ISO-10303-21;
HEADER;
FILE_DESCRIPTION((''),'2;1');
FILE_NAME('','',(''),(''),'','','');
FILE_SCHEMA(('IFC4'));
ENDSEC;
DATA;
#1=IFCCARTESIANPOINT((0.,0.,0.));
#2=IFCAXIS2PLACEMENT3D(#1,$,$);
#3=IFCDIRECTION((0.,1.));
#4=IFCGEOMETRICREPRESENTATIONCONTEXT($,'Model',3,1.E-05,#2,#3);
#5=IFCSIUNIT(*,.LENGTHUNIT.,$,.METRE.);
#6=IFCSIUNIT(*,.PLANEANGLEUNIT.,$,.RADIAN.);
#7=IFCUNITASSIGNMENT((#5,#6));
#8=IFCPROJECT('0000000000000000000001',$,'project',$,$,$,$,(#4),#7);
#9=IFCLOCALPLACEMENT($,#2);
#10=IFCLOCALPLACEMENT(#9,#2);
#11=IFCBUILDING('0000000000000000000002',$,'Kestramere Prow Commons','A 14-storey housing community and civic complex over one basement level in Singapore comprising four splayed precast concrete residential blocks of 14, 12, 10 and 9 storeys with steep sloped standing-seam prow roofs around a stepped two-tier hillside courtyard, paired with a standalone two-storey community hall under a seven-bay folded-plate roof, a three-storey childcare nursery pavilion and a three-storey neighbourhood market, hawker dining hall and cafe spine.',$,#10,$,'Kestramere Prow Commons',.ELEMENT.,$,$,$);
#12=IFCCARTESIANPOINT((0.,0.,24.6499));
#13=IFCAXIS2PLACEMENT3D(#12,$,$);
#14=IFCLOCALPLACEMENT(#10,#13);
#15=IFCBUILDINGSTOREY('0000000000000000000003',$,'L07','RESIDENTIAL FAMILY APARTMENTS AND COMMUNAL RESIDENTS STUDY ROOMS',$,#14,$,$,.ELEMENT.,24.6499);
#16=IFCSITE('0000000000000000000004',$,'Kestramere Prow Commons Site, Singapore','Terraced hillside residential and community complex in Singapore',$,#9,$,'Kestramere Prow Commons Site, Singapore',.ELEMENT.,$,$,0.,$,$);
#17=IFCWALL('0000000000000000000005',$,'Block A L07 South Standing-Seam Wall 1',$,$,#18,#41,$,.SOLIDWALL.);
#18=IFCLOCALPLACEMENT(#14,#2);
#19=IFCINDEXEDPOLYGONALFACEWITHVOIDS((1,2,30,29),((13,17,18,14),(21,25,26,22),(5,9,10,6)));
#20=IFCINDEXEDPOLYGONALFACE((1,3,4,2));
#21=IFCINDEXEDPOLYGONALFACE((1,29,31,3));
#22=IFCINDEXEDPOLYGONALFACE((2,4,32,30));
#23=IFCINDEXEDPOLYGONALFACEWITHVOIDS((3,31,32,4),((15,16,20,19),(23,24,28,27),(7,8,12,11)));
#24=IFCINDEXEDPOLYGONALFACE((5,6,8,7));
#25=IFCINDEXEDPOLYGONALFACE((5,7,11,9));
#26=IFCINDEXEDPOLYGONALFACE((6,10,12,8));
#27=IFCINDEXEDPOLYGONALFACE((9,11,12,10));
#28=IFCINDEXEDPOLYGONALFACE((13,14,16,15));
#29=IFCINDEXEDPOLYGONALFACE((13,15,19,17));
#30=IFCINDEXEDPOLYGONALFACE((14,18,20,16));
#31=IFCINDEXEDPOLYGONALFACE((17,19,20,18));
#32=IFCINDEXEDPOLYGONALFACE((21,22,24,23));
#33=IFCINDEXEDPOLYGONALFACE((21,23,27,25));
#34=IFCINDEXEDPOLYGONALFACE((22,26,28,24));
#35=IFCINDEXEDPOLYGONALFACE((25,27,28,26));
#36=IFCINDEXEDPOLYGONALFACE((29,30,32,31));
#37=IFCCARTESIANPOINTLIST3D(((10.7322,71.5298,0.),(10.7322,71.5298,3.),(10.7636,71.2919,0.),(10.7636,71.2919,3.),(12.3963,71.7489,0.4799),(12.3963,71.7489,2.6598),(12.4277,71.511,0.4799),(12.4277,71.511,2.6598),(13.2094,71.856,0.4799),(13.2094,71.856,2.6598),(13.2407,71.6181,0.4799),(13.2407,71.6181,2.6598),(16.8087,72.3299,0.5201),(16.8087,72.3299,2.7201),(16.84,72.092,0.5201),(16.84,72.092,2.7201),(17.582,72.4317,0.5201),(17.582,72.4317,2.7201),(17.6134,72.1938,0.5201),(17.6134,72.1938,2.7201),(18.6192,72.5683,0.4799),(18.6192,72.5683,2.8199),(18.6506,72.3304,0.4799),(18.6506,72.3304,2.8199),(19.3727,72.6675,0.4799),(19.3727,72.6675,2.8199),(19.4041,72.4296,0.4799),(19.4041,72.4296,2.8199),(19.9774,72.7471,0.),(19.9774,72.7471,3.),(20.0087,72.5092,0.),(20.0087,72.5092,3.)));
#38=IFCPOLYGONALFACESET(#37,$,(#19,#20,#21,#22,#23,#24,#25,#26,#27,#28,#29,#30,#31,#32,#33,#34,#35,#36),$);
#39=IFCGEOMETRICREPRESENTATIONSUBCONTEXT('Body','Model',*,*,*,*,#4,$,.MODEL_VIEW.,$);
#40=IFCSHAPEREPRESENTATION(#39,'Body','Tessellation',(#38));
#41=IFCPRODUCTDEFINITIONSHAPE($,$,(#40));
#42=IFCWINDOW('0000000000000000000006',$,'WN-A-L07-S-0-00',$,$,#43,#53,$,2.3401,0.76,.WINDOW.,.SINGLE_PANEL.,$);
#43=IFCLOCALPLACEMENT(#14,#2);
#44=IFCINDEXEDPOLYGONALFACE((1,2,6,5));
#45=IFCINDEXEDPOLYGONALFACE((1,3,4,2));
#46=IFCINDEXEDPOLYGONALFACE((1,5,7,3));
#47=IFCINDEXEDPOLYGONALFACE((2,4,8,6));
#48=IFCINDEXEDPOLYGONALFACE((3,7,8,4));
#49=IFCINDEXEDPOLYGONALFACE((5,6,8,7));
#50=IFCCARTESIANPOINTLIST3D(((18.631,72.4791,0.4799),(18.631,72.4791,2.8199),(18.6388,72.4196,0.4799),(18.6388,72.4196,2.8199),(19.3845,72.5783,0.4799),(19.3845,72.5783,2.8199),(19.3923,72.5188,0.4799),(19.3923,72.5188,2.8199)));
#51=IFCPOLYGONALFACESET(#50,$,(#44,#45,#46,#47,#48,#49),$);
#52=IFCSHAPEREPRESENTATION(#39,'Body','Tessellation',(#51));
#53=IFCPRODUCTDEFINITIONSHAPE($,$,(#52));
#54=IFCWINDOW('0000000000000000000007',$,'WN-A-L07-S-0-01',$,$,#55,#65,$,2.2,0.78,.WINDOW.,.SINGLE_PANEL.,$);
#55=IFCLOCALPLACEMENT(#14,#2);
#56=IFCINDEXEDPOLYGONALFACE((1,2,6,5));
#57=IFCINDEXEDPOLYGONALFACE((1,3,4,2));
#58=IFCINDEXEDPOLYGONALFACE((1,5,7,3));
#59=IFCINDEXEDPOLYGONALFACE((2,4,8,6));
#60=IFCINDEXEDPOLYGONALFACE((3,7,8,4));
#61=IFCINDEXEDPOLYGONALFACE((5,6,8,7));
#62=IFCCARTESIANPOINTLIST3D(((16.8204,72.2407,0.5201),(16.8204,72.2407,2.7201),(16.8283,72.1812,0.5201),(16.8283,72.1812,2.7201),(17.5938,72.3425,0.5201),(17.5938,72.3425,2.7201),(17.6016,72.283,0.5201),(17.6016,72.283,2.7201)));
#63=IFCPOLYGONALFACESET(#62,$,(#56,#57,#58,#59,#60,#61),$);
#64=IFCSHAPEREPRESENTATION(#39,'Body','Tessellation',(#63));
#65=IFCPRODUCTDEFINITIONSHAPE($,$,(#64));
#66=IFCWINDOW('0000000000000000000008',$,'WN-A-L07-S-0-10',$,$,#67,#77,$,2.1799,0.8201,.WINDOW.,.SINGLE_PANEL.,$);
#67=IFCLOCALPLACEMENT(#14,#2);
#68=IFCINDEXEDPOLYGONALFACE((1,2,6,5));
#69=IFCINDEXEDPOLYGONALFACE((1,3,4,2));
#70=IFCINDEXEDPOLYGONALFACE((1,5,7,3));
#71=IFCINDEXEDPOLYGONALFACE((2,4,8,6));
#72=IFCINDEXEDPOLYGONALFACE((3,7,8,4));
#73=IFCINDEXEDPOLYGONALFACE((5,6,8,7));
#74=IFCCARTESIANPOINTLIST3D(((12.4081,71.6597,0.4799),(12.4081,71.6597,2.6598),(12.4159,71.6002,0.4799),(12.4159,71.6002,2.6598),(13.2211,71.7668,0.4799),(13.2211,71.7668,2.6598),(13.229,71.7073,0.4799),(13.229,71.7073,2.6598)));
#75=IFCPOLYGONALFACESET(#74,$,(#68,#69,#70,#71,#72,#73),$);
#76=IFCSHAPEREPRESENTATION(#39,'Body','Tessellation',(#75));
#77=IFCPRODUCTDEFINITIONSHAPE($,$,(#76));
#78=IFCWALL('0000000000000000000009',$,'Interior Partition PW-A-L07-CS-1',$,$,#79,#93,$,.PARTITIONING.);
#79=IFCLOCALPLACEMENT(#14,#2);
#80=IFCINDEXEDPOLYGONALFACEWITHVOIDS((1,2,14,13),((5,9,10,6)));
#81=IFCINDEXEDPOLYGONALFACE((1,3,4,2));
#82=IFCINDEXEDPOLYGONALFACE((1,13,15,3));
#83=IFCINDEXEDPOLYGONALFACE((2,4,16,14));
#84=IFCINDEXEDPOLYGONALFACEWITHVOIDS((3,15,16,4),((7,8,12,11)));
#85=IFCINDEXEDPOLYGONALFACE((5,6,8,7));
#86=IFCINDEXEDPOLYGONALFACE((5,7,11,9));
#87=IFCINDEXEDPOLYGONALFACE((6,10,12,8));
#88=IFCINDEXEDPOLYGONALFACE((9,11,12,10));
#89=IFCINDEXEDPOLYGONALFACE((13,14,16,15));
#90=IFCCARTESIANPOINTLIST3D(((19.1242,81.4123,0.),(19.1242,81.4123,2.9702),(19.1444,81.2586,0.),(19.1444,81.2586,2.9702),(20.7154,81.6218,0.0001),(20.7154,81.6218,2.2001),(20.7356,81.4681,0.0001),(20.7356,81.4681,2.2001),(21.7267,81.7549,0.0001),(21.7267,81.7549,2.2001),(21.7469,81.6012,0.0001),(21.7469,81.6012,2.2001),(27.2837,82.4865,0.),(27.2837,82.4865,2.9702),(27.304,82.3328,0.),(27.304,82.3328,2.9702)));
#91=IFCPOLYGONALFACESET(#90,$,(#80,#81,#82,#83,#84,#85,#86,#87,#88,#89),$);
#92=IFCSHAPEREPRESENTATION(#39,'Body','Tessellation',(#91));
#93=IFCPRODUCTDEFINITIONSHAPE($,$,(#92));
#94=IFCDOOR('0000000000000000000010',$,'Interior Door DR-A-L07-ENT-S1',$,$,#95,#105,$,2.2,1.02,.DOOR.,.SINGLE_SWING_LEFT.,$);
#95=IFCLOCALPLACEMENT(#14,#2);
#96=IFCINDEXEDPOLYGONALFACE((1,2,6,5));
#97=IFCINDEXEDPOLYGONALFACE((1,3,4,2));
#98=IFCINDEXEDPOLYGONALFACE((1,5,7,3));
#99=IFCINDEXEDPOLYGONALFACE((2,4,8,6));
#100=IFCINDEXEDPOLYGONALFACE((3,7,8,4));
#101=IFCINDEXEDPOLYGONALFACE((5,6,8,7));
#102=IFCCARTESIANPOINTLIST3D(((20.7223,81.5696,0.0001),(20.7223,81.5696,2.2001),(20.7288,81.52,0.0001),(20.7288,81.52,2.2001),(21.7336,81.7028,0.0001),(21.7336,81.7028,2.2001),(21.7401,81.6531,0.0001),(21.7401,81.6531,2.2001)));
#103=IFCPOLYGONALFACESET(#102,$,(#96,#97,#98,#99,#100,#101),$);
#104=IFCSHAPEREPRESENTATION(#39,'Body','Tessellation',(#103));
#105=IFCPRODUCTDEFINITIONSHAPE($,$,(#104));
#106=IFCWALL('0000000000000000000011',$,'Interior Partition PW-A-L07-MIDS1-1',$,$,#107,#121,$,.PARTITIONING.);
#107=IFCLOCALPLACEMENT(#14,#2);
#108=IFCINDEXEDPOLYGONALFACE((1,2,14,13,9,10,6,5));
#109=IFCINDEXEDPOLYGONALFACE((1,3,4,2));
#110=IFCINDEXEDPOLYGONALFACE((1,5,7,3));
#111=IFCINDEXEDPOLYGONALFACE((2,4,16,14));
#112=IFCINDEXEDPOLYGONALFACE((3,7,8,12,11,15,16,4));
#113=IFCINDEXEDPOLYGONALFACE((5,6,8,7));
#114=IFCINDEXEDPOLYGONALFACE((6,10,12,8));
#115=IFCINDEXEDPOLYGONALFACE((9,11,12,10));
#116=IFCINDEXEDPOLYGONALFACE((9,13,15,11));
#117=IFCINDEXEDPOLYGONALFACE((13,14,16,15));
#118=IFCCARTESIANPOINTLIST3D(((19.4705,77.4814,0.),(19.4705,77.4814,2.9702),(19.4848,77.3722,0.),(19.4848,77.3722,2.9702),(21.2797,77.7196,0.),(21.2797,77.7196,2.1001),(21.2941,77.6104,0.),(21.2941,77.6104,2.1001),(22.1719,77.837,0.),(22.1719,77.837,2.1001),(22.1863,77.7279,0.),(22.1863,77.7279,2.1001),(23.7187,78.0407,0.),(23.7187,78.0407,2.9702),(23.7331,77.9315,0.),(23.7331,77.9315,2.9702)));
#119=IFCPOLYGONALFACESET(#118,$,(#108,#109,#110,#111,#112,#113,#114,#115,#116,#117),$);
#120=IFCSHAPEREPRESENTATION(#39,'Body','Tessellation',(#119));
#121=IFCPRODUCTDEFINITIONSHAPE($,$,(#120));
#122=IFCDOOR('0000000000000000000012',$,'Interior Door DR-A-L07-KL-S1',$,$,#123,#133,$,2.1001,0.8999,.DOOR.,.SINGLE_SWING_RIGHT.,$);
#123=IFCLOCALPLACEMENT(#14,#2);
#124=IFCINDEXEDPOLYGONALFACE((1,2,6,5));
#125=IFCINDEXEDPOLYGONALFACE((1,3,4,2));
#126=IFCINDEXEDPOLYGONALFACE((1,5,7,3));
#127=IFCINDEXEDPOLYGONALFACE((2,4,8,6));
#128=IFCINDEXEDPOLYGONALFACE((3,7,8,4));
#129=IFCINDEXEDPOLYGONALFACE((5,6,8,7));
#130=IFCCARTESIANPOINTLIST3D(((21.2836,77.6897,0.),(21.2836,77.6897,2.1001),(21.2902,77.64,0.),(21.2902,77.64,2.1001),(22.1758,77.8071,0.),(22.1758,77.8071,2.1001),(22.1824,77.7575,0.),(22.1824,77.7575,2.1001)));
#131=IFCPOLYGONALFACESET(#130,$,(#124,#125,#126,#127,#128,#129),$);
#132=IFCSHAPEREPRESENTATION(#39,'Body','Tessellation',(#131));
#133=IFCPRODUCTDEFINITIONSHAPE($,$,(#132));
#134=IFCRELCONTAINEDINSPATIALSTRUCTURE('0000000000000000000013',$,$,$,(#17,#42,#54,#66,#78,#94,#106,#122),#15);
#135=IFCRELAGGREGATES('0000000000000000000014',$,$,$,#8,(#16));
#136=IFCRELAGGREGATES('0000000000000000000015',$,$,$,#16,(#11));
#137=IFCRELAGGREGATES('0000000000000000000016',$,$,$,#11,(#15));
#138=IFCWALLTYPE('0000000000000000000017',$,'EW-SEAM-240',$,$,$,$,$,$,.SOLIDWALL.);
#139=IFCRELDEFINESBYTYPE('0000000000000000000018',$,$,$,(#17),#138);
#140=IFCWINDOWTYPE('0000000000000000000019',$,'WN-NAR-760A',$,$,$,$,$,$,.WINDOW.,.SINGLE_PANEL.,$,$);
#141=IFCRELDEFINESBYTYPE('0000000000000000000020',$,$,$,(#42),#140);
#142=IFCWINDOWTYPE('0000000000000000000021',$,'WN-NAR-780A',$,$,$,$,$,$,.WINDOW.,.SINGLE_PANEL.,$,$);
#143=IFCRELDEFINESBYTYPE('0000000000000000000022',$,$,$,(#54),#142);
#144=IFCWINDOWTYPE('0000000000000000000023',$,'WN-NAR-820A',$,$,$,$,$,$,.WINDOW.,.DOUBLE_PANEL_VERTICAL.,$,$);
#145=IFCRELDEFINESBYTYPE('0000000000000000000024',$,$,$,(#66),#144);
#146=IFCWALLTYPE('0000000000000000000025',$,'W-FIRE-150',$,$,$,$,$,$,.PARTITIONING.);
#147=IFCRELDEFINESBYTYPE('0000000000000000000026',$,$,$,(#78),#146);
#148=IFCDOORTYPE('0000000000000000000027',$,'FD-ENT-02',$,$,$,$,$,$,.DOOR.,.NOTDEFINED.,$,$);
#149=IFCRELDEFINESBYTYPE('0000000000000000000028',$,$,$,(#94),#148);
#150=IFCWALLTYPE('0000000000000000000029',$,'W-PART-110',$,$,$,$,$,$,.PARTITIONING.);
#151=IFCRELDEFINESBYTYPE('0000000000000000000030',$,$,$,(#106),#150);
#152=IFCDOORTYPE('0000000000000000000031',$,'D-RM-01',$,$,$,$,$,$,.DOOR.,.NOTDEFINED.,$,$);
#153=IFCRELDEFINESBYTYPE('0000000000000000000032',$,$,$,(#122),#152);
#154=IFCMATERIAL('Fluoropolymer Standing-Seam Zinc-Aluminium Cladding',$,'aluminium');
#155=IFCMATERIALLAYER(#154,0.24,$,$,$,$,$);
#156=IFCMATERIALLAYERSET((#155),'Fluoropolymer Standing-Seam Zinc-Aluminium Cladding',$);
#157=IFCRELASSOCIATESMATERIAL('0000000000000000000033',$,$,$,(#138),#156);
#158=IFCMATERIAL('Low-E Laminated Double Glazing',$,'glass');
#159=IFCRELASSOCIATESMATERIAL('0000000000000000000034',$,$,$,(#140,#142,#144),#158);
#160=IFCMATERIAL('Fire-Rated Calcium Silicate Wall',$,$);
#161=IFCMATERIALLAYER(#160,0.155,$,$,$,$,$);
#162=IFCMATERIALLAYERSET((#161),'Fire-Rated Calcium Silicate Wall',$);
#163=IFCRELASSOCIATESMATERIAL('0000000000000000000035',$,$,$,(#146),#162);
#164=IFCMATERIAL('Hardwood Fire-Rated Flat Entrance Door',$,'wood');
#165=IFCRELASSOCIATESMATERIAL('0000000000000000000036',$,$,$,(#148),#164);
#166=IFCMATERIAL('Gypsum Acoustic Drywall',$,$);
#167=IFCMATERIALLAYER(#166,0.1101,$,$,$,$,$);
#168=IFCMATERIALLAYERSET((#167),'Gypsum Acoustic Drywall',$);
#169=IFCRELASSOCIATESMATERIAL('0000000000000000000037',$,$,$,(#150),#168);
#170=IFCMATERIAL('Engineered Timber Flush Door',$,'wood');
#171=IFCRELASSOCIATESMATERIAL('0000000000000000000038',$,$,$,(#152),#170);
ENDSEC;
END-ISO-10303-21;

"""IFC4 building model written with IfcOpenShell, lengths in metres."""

from ifc_helpers import new_model, si_unit, direction, frame, frame_2d, origin, place, context, subcontext, project, spatial, rectangle, extrude, material, layer, layer_set, type_object, element, fill, save


model = new_model("IFC4")

# Units and contexts
model_context = context("Model", 3, precision=1e-05, world=origin(), true_north=direction((0.0, 1.0)))
body_context = subcontext(model_context, "Body", "Model", "MODEL_VIEW")
ifc_project = project(units=[si_unit("LENGTHUNIT", "METRE"), si_unit("PLANEANGLEUNIT", "RADIAN")], contexts=[model_context])

# Site, building, storey
site_placement = place(None, origin())
site = spatial("IfcSite", under=ifc_project, at=site_placement, Name="Kestramere Prow Commons Site, Singapore", Description="Terraced hillside residential and community complex in Singapore", LongName="Kestramere Prow Commons Site, Singapore", CompositionType="ELEMENT", RefElevation=0.0)
building_placement = place(site_placement, origin())
building = spatial("IfcBuilding", under=site, at=building_placement, Name="Kestramere Prow Commons", Description="A 14-storey housing community and civic complex over one basement level in Singapore comprising four splayed precast concrete residential blocks of 14, 12, 10 and 9 storeys with steep sloped standing-seam prow roofs around a stepped two-tier hillside courtyard, paired with a standalone two-storey community hall under a seven-bay folded-plate roof, a three-storey childcare nursery pavilion and a three-storey neighbourhood market, hawker dining hall and cafe spine.", LongName="Kestramere Prow Commons", CompositionType="ELEMENT")
storey_placement = place(building_placement, frame((0.0, 0.0, 24.6499)))
storey = spatial("IfcBuildingStorey", under=building, at=storey_placement, Name="L07", Description="RESIDENTIAL FAMILY APARTMENTS AND COMMUNAL RESIDENTS STUDY ROOMS", CompositionType="ELEMENT", Elevation=24.6499)

# Wall, openings, windows
ifc_material_1 = material(Name="Fluoropolymer Standing-Seam Zinc-Aluminium Cladding", Category="aluminium")
ifc_layer_1 = layer(ifc_material_1, 0.24)
ifc_layer_set_1 = layer_set([ifc_layer_1], Name="Fluoropolymer Standing-Seam Zinc-Aluminium Cladding")
wall_type_1 = type_object("IfcWallType", Name="EW-SEAM-240", PredefinedType="SOLIDWALL", material=ifc_layer_set_1)
wall_1_placement = place(storey_placement, frame((19.9932, 72.6282, 0.0), z_axis=(0.0, 0.0, 1.0), x_axis=(-0.991443, -0.130541, 0.0)))
wall_1 = element("IfcWall", 1, at=wall_1_placement, inside=storey, type_object=wall_type_1, Name="Block A L07 South Standing-Seam Wall 1", PredefinedType="SOLIDWALL", context=body_context, shape_type="SweptSolid", body=[
    extrude(rectangle(XDim=9.325, YDim=0.24, at=frame_2d((4.6626, 0.0))), origin(), (0.0, 0.0, 1.0), 3.0),
])
opening_1_placement = place(wall_1_placement, frame((0.6101, 0.0, 0.48)))
opening_1 = element("IfcOpeningElement", 2, at=opening_1_placement, cuts=wall_1, PredefinedType="OPENING", context=body_context, shape_type="SweptSolid", body=[
    extrude(rectangle(XDim=0.76, YDim=2.3401, at=frame_2d((0.3799, 1.1699))), frame((0.0, 0.135, 0.0), z_axis=(0.0, -1.0, 0.0), x_axis=(1.0, 0.0, 0.0)), (0.0, 0.0, 1.0), 0.27),
])
opening_2_placement = place(wall_1_placement, frame((2.416, 0.0, 0.52)))
opening_2 = element("IfcOpeningElement", 3, at=opening_2_placement, cuts=wall_1, PredefinedType="OPENING", context=body_context, shape_type="SweptSolid", body=[
    extrude(rectangle(XDim=0.78, YDim=2.2, at=frame_2d((0.3901, 1.1001))), frame((0.0, 0.135, 0.0), z_axis=(0.0, -1.0, 0.0), x_axis=(1.0, 0.0, 0.0)), (0.0, 0.0, 1.0), 0.27),
])
opening_3_placement = place(wall_1_placement, frame((6.8264, 0.0, 0.48)))
opening_3 = element("IfcOpeningElement", 4, at=opening_3_placement, cuts=wall_1, PredefinedType="OPENING", context=body_context, shape_type="SweptSolid", body=[
    extrude(rectangle(XDim=0.8201, YDim=2.1799, at=frame_2d((0.4102, 1.0898))), frame((0.0, 0.135, 0.0), z_axis=(0.0, -1.0, 0.0), x_axis=(1.0, 0.0, 0.0)), (0.0, 0.0, 1.0), 0.27),
])
ifc_material_2 = material(Name="Low-E Laminated Double Glazing", Category="glass")
window_type_1 = type_object("IfcWindowType", Name="WN-NAR-760A", PartitioningType="SINGLE_PANEL", PredefinedType="WINDOW", material=ifc_material_2)
window_1_placement = place(opening_1_placement, origin())
window_1 = element("IfcWindow", 5, at=window_1_placement, inside=storey, type_object=window_type_1, Name="WN-A-L07-S-0-00", OverallHeight=2.3401, OverallWidth=0.76, PartitioningType="SINGLE_PANEL", PredefinedType="WINDOW", context=body_context, shape_type="SweptSolid", body=[
    extrude(rectangle(XDim=0.76, YDim=2.3401, at=frame_2d((0.3799, 1.1699))), frame((0.0, 0.03, 0.0), z_axis=(0.0, -1.0, 0.0), x_axis=(1.0, 0.0, 0.0)), (0.0, 0.0, 1.0), 0.0601),
])
fill(opening_1, window_1)
window_type_2 = type_object("IfcWindowType", Name="WN-NAR-780A", PartitioningType="SINGLE_PANEL", PredefinedType="WINDOW", material=ifc_material_2)
window_2_placement = place(opening_2_placement, origin())
window_2 = element("IfcWindow", 6, at=window_2_placement, inside=storey, type_object=window_type_2, Name="WN-A-L07-S-0-01", OverallHeight=2.2, OverallWidth=0.78, PartitioningType="SINGLE_PANEL", PredefinedType="WINDOW", context=body_context, shape_type="SweptSolid", body=[
    extrude(rectangle(XDim=0.78, YDim=2.2, at=frame_2d((0.3901, 1.1001))), frame((0.0, 0.03, 0.0), z_axis=(0.0, -1.0, 0.0), x_axis=(1.0, 0.0, 0.0)), (0.0, 0.0, 1.0), 0.0601),
])
fill(opening_2, window_2)
window_type_3 = type_object("IfcWindowType", Name="WN-NAR-820A", PartitioningType="DOUBLE_PANEL_VERTICAL", PredefinedType="WINDOW", material=ifc_material_2)
window_3_placement = place(opening_3_placement, origin())
window_3 = element("IfcWindow", 7, at=window_3_placement, inside=storey, type_object=window_type_3, Name="WN-A-L07-S-0-10", OverallHeight=2.1799, OverallWidth=0.8201, PartitioningType="SINGLE_PANEL", PredefinedType="WINDOW", context=body_context, shape_type="SweptSolid", body=[
    extrude(rectangle(XDim=0.8201, YDim=2.1799, at=frame_2d((0.4102, 1.0898))), frame((0.0, 0.03, 0.0), z_axis=(0.0, -1.0, 0.0), x_axis=(1.0, 0.0, 0.0)), (0.0, 0.0, 1.0), 0.0601),
])
fill(opening_3, window_3)

# Walls, openings, doors
ifc_material_3 = material(Name="Fire-Rated Calcium Silicate Wall")
ifc_layer_2 = layer(ifc_material_3, 0.155)
ifc_layer_set_2 = layer_set([ifc_layer_2], Name="Fire-Rated Calcium Silicate Wall")
wall_type_2 = type_object("IfcWallType", Name="W-FIRE-150", PredefinedType="PARTITIONING", material=ifc_layer_set_2)
wall_2_placement = place(storey_placement, frame((19.1343, 81.3354, 0.0), z_axis=(0.0, 0.0, 1.0), x_axis=(0.991445, 0.130524, 0.0)))
wall_2 = element("IfcWall", 8, at=wall_2_placement, inside=storey, type_object=wall_type_2, Name="Interior Partition PW-A-L07-CS-1", PredefinedType="PARTITIONING", context=body_context, shape_type="SweptSolid", body=[
    extrude(rectangle(XDim=8.23, YDim=0.155, at=frame_2d((4.115, 0.0))), origin(), (0.0, 0.0, 1.0), 2.9702),
])
opening_4_placement = place(wall_2_placement, frame((1.605, 0.0, 0.0)))
opening_4 = element("IfcOpeningElement", 9, at=opening_4_placement, cuts=wall_2, PredefinedType="OPENING", context=body_context, shape_type="SweptSolid", body=[
    extrude(rectangle(XDim=1.02, YDim=2.2, at=frame_2d((0.51, 1.1001))), frame((0.0, 0.0925, 0.0), z_axis=(0.0, -1.0, 0.0), x_axis=(1.0, 0.0, 0.0)), (0.0, 0.0, 1.0), 0.1851),
])
ifc_material_4 = material(Name="Hardwood Fire-Rated Flat Entrance Door", Category="wood")
door_type_1 = type_object("IfcDoorType", Name="FD-ENT-02", OperationType="NOTDEFINED", PredefinedType="DOOR", material=ifc_material_4)
door_1_placement = place(opening_4_placement, origin())
door_1 = element("IfcDoor", 10, at=door_1_placement, inside=storey, type_object=door_type_1, Name="Interior Door DR-A-L07-ENT-S1", OperationType="SINGLE_SWING_LEFT", OverallHeight=2.2, OverallWidth=1.02, PredefinedType="DOOR", context=body_context, shape_type="SweptSolid", body=[
    extrude(rectangle(XDim=1.02, YDim=2.2, at=frame_2d((0.51, 1.1001))), frame((0.0, 0.0249, 0.0), z_axis=(0.0, -1.0, 0.0), x_axis=(1.0, 0.0, 0.0)), (0.0, 0.0, 1.0), 0.05),
])
fill(opening_4, door_1)
ifc_material_5 = material(Name="Gypsum Acoustic Drywall")
ifc_layer_3 = layer(ifc_material_5, 0.1101)
ifc_layer_set_3 = layer_set([ifc_layer_3], Name="Gypsum Acoustic Drywall")
wall_type_3 = type_object("IfcWallType", Name="W-PART-110", PredefinedType="PARTITIONING", material=ifc_layer_set_3)
wall_3_placement = place(storey_placement, frame((19.4775, 77.4268, 0.0), z_axis=(0.0, 0.0, 1.0), x_axis=(0.991444, 0.130533, 0.0)))
wall_3 = element("IfcWall", 11, at=wall_3_placement, inside=storey, type_object=wall_type_3, Name="Interior Partition PW-A-L07-MIDS1-1", PredefinedType="PARTITIONING", context=body_context, shape_type="SweptSolid", body=[
    extrude(rectangle(XDim=4.2849, YDim=0.1101, at=frame_2d((2.1426, 0.0))), origin(), (0.0, 0.0, 1.0), 2.9702),
])
opening_5_placement = place(wall_3_placement, frame((1.825, 0.0, 0.0)))
opening_5 = element("IfcOpeningElement", 12, at=opening_5_placement, cuts=wall_3, PredefinedType="OPENING", context=body_context, shape_type="SweptSolid", body=[
    extrude(rectangle(XDim=0.8999, YDim=2.1001, at=frame_2d((0.45, 1.05))), frame((0.0, 0.0701, 0.0), z_axis=(0.0, -1.0, 0.0), x_axis=(1.0, 0.0, 0.0)), (0.0, 0.0, 1.0), 0.1401),
])
ifc_material_6 = material(Name="Engineered Timber Flush Door", Category="wood")
door_type_2 = type_object("IfcDoorType", Name="D-RM-01", OperationType="NOTDEFINED", PredefinedType="DOOR", material=ifc_material_6)
door_2_placement = place(opening_5_placement, origin())
door_2 = element("IfcDoor", 13, at=door_2_placement, inside=storey, type_object=door_type_2, Name="Interior Door DR-A-L07-KL-S1", OperationType="SINGLE_SWING_RIGHT", OverallHeight=2.1001, OverallWidth=0.8999, PredefinedType="DOOR", context=body_context, shape_type="SweptSolid", body=[
    extrude(rectangle(XDim=0.8999, YDim=2.1001, at=frame_2d((0.45, 1.05))), frame((0.0, 0.0249, 0.0), z_axis=(0.0, -1.0, 0.0), x_axis=(1.0, 0.0, 0.0)), (0.0, 0.0, 1.0), 0.05),
])
fill(opening_5, door_2)

save(model, "model.ifc")
